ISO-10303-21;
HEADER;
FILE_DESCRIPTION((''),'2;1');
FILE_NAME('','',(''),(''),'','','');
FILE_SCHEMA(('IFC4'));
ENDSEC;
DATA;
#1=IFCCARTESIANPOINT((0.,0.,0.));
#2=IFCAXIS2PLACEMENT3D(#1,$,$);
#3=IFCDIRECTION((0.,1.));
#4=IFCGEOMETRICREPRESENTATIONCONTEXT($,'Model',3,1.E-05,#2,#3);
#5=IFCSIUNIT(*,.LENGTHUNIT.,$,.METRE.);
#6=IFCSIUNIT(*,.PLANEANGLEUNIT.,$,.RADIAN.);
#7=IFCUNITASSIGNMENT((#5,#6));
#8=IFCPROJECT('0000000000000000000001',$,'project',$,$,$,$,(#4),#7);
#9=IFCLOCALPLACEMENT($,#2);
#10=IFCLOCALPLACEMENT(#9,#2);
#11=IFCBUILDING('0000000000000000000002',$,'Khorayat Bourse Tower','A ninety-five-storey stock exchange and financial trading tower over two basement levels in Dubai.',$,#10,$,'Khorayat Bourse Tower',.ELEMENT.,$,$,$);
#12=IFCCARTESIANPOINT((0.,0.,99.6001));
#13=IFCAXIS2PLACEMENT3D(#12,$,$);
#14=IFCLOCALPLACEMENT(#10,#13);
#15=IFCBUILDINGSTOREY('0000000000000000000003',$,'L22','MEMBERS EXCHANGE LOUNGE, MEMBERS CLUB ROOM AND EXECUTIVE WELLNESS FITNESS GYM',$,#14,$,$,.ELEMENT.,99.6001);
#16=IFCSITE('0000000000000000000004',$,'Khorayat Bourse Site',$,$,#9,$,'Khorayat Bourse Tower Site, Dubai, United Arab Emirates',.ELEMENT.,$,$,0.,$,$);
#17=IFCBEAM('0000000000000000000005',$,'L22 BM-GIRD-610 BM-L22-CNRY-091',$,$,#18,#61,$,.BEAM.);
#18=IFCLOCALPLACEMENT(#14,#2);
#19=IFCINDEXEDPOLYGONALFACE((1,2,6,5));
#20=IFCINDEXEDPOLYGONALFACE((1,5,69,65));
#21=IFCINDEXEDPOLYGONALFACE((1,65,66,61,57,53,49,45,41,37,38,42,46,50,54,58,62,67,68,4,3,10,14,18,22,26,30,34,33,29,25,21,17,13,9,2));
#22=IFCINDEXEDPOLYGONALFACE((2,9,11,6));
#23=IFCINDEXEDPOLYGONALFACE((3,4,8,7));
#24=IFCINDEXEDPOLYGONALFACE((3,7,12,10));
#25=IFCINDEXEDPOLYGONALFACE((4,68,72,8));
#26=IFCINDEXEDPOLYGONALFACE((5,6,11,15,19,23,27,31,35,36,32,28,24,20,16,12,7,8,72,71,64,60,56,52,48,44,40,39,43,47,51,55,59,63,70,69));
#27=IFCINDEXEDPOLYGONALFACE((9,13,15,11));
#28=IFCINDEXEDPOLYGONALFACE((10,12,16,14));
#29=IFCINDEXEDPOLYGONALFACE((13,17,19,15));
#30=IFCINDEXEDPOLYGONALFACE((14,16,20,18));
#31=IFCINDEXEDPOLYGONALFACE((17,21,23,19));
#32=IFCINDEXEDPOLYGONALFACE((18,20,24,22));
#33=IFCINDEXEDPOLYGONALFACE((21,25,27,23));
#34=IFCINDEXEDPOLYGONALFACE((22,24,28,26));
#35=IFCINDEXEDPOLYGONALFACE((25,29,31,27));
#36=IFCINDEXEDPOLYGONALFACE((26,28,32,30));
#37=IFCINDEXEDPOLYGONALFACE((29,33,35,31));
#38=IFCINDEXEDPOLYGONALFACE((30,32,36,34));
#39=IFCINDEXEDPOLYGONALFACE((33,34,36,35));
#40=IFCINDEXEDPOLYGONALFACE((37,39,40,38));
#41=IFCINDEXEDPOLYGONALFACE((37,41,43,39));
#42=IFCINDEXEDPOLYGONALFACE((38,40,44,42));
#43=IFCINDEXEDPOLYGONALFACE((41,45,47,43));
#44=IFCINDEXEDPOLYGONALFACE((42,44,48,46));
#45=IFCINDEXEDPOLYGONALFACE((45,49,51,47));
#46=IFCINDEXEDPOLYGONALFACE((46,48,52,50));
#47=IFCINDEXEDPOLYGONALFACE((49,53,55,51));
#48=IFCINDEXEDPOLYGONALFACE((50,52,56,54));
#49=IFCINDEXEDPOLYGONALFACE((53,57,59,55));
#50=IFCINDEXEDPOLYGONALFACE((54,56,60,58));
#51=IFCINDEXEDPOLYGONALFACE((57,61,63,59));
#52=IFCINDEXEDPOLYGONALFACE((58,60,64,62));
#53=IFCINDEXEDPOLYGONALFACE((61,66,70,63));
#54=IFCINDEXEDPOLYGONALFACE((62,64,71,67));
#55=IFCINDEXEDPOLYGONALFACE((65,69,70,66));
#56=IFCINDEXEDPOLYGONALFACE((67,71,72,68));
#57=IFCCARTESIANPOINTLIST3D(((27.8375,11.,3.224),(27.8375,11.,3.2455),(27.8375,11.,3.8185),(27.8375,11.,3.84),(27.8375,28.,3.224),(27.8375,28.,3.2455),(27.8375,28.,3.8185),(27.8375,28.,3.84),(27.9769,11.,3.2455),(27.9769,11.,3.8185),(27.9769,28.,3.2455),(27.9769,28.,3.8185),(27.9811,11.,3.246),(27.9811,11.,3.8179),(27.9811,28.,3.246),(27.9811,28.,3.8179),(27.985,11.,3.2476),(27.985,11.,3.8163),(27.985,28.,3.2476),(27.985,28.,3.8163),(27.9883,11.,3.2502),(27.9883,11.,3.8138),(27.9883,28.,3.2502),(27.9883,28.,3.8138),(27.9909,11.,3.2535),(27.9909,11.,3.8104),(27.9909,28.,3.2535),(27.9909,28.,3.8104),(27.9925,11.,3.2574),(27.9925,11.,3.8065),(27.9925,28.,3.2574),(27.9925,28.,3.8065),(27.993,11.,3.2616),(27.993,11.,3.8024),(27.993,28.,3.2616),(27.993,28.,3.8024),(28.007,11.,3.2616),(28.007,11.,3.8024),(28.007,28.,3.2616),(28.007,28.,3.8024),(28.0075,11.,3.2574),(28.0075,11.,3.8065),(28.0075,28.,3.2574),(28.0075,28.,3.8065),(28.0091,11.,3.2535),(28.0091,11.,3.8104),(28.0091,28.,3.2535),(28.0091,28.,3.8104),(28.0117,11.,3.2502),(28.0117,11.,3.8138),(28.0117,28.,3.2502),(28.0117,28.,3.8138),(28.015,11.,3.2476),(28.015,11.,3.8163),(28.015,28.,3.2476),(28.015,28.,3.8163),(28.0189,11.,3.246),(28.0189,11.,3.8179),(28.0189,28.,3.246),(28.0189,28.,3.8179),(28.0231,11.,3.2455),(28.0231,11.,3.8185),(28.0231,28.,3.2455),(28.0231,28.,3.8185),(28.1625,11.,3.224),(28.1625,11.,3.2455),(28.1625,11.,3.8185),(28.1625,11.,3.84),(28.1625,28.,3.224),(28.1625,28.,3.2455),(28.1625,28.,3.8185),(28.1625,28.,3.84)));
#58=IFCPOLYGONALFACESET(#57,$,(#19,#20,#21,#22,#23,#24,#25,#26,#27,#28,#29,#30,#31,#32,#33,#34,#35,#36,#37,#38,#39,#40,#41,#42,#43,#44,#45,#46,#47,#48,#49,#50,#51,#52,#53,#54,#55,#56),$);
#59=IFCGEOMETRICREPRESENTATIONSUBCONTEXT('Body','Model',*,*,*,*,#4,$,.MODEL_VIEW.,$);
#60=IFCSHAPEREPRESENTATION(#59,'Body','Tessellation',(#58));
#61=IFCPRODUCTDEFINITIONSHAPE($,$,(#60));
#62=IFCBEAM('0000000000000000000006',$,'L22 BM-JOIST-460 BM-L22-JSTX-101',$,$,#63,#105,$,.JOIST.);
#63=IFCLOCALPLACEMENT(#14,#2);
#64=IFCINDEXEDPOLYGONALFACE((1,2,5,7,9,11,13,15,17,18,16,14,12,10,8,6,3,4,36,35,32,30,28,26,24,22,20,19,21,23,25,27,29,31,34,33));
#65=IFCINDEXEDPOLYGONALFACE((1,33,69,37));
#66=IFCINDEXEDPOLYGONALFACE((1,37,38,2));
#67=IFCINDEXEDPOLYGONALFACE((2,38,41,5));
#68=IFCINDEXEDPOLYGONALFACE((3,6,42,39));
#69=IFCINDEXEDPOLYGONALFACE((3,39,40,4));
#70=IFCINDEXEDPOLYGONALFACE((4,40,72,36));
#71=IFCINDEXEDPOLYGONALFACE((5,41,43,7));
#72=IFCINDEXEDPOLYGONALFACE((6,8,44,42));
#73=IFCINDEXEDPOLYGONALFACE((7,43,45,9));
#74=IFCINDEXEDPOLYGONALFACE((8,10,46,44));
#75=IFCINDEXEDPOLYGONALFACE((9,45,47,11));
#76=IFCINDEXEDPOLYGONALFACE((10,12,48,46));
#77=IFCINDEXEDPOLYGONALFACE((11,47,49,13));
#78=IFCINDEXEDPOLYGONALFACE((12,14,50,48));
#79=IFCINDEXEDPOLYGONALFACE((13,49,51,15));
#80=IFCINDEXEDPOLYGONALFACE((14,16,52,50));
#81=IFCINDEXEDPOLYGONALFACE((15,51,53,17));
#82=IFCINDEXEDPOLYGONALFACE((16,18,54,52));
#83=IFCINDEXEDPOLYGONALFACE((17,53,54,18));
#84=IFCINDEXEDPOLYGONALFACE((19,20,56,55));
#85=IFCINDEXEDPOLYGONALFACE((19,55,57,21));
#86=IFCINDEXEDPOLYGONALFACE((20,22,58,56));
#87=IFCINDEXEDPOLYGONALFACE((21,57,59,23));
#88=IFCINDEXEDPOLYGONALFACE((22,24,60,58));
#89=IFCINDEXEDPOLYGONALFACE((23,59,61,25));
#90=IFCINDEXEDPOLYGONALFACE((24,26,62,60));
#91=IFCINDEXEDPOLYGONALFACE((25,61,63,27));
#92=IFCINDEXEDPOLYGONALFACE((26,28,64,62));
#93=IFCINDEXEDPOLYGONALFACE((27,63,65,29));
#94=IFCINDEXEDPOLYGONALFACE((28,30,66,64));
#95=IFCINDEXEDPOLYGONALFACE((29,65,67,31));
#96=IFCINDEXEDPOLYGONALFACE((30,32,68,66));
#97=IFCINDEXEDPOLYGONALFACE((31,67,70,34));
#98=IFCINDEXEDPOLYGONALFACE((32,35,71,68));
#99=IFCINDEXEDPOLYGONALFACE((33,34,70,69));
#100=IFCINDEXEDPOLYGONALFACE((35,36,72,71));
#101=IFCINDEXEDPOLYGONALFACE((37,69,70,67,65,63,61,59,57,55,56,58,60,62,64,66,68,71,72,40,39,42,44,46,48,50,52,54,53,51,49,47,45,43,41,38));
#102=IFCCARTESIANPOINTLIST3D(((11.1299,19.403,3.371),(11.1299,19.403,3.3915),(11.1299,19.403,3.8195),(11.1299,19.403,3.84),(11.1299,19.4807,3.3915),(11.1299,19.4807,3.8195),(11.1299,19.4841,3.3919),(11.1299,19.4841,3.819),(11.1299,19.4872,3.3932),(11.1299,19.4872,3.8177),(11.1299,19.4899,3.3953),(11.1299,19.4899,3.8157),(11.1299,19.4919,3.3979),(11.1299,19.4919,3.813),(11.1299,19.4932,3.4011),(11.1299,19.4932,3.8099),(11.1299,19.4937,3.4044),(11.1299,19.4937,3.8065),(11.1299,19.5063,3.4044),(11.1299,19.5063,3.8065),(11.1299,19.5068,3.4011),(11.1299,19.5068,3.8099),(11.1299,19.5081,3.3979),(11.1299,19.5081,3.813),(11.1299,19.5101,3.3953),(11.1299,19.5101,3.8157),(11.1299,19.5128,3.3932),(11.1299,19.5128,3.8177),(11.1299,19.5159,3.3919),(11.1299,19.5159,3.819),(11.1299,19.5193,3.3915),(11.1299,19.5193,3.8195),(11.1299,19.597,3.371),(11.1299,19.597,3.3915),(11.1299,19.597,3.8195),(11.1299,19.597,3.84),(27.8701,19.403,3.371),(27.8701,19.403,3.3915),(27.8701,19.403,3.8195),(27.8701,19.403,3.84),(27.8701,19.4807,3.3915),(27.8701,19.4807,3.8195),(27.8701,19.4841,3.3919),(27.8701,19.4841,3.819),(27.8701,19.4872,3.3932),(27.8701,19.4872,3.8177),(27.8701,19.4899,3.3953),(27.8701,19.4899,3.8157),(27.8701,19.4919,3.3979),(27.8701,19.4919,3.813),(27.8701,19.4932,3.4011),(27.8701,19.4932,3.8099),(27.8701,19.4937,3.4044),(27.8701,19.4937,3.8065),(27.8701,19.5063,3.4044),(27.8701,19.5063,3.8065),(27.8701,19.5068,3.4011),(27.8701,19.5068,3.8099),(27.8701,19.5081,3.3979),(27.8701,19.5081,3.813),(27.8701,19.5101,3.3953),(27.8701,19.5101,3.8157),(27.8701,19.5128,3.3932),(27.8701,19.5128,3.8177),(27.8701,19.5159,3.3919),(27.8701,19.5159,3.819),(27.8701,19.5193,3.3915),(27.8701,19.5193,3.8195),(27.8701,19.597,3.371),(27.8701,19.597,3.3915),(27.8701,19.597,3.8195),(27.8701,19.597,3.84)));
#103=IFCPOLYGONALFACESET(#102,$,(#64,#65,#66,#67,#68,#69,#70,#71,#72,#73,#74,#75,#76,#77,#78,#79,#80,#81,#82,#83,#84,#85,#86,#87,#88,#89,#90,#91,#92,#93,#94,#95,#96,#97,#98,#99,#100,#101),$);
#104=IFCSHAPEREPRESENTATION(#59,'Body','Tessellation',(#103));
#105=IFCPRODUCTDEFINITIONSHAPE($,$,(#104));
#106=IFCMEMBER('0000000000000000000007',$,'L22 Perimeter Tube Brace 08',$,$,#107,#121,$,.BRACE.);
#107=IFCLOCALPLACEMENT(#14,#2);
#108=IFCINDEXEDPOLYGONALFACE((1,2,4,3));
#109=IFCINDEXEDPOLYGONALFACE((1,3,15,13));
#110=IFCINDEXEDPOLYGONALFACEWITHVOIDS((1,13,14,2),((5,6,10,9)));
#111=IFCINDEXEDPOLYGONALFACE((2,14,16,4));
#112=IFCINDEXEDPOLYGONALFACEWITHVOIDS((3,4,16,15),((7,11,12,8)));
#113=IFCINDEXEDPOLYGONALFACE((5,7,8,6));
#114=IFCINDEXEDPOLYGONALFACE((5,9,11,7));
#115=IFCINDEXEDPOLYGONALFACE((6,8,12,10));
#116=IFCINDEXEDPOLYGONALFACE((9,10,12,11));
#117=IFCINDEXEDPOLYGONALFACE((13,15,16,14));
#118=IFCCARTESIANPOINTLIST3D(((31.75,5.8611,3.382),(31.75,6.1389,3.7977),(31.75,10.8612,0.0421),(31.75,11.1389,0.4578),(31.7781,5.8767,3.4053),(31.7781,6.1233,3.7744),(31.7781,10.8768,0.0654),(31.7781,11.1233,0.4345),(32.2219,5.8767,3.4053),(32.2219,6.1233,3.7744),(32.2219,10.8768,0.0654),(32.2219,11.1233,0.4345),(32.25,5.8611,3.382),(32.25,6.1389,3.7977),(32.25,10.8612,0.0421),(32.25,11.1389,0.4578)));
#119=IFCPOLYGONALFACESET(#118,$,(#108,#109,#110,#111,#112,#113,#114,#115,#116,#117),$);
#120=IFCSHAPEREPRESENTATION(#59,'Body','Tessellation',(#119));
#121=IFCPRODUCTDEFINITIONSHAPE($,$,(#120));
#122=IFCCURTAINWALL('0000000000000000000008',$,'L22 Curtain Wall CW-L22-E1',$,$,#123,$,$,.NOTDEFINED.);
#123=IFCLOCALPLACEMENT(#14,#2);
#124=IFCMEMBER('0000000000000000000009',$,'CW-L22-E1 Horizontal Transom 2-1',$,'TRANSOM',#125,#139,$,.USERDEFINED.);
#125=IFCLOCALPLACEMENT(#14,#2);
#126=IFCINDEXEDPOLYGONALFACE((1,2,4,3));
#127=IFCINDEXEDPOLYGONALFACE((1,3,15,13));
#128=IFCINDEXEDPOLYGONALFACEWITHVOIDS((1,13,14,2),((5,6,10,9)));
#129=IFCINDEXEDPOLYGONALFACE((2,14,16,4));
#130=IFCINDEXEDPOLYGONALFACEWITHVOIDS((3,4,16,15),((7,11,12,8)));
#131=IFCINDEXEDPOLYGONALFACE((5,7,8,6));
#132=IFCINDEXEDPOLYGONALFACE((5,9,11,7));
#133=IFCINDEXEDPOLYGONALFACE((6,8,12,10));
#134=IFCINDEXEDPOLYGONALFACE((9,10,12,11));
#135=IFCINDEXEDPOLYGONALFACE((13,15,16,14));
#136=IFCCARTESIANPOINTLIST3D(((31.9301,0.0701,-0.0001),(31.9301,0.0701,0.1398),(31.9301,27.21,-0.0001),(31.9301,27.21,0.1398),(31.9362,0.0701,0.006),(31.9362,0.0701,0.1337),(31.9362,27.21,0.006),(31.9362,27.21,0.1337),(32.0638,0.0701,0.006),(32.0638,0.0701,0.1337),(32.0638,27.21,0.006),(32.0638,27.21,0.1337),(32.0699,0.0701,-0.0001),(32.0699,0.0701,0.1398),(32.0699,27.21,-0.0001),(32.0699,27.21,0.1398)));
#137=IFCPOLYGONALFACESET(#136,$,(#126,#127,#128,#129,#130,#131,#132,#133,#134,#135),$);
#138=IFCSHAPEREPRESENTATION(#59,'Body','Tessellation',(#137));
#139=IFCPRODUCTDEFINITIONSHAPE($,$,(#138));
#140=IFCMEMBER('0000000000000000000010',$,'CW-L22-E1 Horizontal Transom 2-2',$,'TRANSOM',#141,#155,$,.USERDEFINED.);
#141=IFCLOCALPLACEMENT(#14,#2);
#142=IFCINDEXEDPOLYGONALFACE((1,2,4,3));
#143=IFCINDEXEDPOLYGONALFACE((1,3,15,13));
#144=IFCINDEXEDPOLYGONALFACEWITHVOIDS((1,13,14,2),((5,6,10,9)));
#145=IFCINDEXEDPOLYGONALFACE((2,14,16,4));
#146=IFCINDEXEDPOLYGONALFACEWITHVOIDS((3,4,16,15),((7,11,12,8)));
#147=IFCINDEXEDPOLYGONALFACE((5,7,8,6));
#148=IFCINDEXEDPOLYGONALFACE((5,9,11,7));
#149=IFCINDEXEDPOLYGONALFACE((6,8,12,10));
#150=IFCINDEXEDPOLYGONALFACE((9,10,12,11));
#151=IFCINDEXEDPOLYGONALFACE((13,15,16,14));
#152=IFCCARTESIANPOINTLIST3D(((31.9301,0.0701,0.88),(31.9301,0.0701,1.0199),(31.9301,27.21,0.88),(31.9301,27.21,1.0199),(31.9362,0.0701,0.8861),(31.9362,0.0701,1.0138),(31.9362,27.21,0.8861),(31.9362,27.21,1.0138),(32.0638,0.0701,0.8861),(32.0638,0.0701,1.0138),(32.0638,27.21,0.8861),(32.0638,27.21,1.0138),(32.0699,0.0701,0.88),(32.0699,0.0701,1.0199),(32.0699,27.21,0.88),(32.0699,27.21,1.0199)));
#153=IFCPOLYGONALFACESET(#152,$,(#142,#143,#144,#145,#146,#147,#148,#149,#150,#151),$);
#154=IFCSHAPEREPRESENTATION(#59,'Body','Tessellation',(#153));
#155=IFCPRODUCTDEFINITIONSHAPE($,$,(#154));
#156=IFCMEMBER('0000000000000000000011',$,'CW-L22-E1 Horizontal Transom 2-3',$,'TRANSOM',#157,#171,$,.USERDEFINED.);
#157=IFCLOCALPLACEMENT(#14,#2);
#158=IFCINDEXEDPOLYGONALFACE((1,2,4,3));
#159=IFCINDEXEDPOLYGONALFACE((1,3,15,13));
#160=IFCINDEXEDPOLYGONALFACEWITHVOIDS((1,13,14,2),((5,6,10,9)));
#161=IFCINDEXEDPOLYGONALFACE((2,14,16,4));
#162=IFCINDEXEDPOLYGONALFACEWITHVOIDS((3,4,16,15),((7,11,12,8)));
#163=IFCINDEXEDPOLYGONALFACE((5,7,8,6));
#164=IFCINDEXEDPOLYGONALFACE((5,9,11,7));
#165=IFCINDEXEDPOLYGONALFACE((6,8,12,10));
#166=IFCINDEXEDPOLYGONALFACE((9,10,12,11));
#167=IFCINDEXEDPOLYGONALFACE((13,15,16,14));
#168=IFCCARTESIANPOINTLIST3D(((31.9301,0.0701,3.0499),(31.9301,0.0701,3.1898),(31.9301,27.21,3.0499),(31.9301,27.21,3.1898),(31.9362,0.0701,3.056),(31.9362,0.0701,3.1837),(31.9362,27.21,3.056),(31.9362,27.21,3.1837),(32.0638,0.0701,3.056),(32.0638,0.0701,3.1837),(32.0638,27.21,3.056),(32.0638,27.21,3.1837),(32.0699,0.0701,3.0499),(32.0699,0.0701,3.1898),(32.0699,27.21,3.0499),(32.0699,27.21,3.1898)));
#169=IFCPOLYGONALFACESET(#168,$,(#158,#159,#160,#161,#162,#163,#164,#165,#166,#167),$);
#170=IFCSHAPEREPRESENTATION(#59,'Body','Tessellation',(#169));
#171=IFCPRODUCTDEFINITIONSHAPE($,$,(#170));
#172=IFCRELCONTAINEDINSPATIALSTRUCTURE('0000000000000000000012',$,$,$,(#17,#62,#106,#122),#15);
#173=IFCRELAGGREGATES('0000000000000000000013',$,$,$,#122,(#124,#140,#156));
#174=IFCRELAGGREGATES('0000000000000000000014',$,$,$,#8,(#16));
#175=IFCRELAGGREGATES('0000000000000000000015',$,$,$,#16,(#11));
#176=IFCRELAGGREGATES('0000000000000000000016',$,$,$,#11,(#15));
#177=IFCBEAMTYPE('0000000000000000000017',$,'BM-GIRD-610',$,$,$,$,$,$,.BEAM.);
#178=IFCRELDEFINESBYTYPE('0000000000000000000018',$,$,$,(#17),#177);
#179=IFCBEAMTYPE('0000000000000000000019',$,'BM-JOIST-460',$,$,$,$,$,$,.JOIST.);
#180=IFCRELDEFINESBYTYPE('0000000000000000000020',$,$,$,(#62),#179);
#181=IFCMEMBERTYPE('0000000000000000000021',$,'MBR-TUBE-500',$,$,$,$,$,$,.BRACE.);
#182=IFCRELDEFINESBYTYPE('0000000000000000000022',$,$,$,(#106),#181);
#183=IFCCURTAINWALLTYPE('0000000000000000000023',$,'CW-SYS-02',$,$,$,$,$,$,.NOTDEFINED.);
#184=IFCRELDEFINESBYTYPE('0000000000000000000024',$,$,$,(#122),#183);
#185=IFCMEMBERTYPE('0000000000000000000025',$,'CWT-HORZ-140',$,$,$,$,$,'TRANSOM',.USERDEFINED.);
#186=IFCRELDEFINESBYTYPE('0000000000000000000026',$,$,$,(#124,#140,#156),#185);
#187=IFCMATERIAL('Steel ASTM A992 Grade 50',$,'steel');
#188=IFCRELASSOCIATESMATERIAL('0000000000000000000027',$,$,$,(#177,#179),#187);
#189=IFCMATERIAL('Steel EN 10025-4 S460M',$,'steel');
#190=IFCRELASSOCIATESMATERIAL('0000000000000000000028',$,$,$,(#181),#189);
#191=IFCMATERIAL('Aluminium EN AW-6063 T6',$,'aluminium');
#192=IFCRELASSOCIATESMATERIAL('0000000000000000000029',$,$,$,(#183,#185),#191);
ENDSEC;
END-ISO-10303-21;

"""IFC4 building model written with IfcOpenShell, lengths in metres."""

from ifc_helpers import new_model, si_unit, direction, frame, origin, origin_2d, place, context, subcontext, project, spatial, hollow_rectangle, i_section, extrude, source, transform, mapped, material, material_profile, profile_set, type_object, element, aggregate, save


model = new_model("IFC4")

# Units and contexts
model_context = context("Model", 3, precision=1e-05, world=origin(), true_north=direction((0.0, 1.0)))
body_context = subcontext(model_context, "Body", "Model", "MODEL_VIEW")
ifc_project = project(units=[si_unit("LENGTHUNIT", "METRE"), si_unit("PLANEANGLEUNIT", "RADIAN")], contexts=[model_context])

# Site, building, storey
site_placement = place(None, origin())
site = spatial("IfcSite", under=ifc_project, at=site_placement, Name="Khorayat Bourse Site", LongName="Khorayat Bourse Tower Site, Dubai, United Arab Emirates", CompositionType="ELEMENT", RefElevation=0.0)
building_placement = place(site_placement, origin())
building = spatial("IfcBuilding", under=site, at=building_placement, Name="Khorayat Bourse Tower", Description="A ninety-five-storey stock exchange and financial trading tower over two basement levels in Dubai.", LongName="Khorayat Bourse Tower", CompositionType="ELEMENT")
storey_placement = place(building_placement, frame((0.0, 0.0, 99.6001)))
storey = spatial("IfcBuildingStorey", under=building, at=storey_placement, Name="L22", Description="MEMBERS EXCHANGE LOUNGE, MEMBERS CLUB ROOM AND EXECUTIVE WELLNESS FITNESS GYM", CompositionType="ELEMENT", Elevation=99.6001)

# Shared definitions
ifc_material_1 = material(Name="Steel EN 10025-4 S460M", Category="steel")

# Beams
ifc_material_2 = material(Name="Steel ASTM A992 Grade 50", Category="steel")
ifc_material_profile_1 = material_profile(ifc_material_2, i_section(OverallWidth=0.325, OverallDepth=0.616, WebThickness=0.0139, FlangeThickness=0.0215, FilletRadius=0.0161, at=origin_2d()), Name="W610X174")
ifc_profile_set_1 = profile_set([ifc_material_profile_1], Name="Steel ASTM A992 Grade 50")
beam_type_1 = type_object("IfcBeamType", Name="BM-GIRD-610", PredefinedType="BEAM", material=ifc_profile_set_1)
ifc_material_profile_2 = material_profile(ifc_material_2, i_section(OverallWidth=0.1941, OverallDepth=0.469, WebThickness=0.0127, FlangeThickness=0.0205, FilletRadius=0.0129, at=origin_2d()), Name="W460X106")
ifc_profile_set_2 = profile_set([ifc_material_profile_2], Name="Steel ASTM A992 Grade 50")
beam_type_2 = type_object("IfcBeamType", Name="BM-JOIST-460", PredefinedType="JOIST", material=ifc_profile_set_2)
shared_shape_1 = source(origin(), body_context, "Body", "SweptSolid", [
    extrude(i_section(OverallWidth=0.325, OverallDepth=0.616, WebThickness=0.0139, FlangeThickness=0.0215, FilletRadius=0.0161, at=origin_2d()), origin(), (0.0, 0.0, 1.0), 17.0),
])
beam_1_placement = place(storey_placement, frame((28.0, 11.0, 3.532), z_axis=(0.0, 1.0, 0.0), x_axis=(-1.0, 0.0, 0.0)))
element("IfcBeam", 1, at=beam_1_placement, inside=storey, type_object=beam_type_1, Name="L22 BM-GIRD-610 BM-L22-CNRY-091", PredefinedType="BEAM", context=body_context, shape_type="MappedRepresentation", body=[
    mapped(shared_shape_1, transform((0.0, 0.0, 0.0), scale=1.0)),
])
shared_shape_2 = source(origin(), body_context, "Body", "SweptSolid", [
    extrude(i_section(OverallWidth=0.1941, OverallDepth=0.469, WebThickness=0.0127, FlangeThickness=0.0205, FilletRadius=0.0129, at=origin_2d()), origin(), (0.0, 0.0, 1.0), 16.7402),
])
beam_2_placement = place(storey_placement, frame((11.1299, 19.5, 3.6055), z_axis=(1.0, 0.0, 0.0), x_axis=(0.0, 1.0, 0.0)))
element("IfcBeam", 2, at=beam_2_placement, inside=storey, type_object=beam_type_2, Name="L22 BM-JOIST-460 BM-L22-JSTX-101", PredefinedType="JOIST", context=body_context, shape_type="MappedRepresentation", body=[
    mapped(shared_shape_2, transform((0.0, 0.0, 0.0), scale=1.0)),
])

# Member
ifc_material_profile_3 = material_profile(ifc_material_1, hollow_rectangle(XDim=0.5, YDim=0.5, WallThickness=0.0281, at=origin_2d()), Name="HSS 500x500x28")
ifc_profile_set_3 = profile_set([ifc_material_profile_3], Name="Steel EN 10025-4 S460M")
member_type_1 = type_object("IfcMemberType", Name="MBR-TUBE-500", PredefinedType="BRACE", material=ifc_profile_set_3)
shared_shape_3 = source(origin(), body_context, "Body", "SweptSolid", [
    extrude(hollow_rectangle(XDim=0.5, YDim=0.5, WallThickness=0.0281, at=origin_2d()), origin(), (0.0, 0.0, 1.0), 6.0129),
])
member_1_placement = place(storey_placement, frame((32.0, 6.0, 3.5898), z_axis=(0.0, 0.83155, -0.55545), x_axis=(-1.0, 0.0, 0.0)))
element("IfcMember", 3, at=member_1_placement, inside=storey, type_object=member_type_1, Name="L22 Perimeter Tube Brace 08", PredefinedType="BRACE", context=body_context, shape_type="MappedRepresentation", body=[
    mapped(shared_shape_3, transform((0.0, 0.0, 0.0), scale=1.0)),
])

# Curtain wall, members
ifc_material_3 = material(Name="Aluminium EN AW-6063 T6", Category="aluminium")
curtain_wall_type = type_object("IfcCurtainWallType", Name="CW-SYS-02", PredefinedType="NOTDEFINED", material=ifc_material_3)
curtain_wall_placement = place(storey_placement, origin())
curtain_wall = element("IfcCurtainWall", 4, at=curtain_wall_placement, inside=storey, type_object=curtain_wall_type, Name="L22 Curtain Wall CW-L22-E1", PredefinedType="NOTDEFINED")
ifc_material_profile_4 = material_profile(ifc_material_3, hollow_rectangle(XDim=0.1399, YDim=0.1399, WallThickness=0.0061, at=origin_2d()), Name="ALU 140x140x6")
ifc_profile_set_4 = profile_set([ifc_material_profile_4], Name="Aluminium EN AW-6063 T6")
member_type_2 = type_object("IfcMemberType", Name="CWT-HORZ-140", ElementType="TRANSOM", PredefinedType="USERDEFINED", material=ifc_profile_set_4)
shared_shape_4 = source(origin(), body_context, "Body", "SweptSolid", [
    extrude(hollow_rectangle(XDim=0.1399, YDim=0.1399, WallThickness=0.0061, at=origin_2d()), origin(), (0.0, 0.0, 1.0), 27.1399),
])
member_2_placement = place(storey_placement, frame((32.0, 0.0701, 0.0698), z_axis=(0.0, 1.0, 0.0), x_axis=(-1.0, 0.0, 0.0)))
member_2 = element("IfcMember", 5, at=member_2_placement, type_object=member_type_2, Name="CW-L22-E1 Horizontal Transom 2-1", ObjectType="TRANSOM", PredefinedType="USERDEFINED", context=body_context, shape_type="MappedRepresentation", body=[
    mapped(shared_shape_4, transform((0.0, 0.0, 0.0), scale=1.0)),
])
member_3_placement = place(storey_placement, frame((32.0, 0.0701, 0.95), z_axis=(0.0, 1.0, 0.0), x_axis=(-1.0, 0.0, 0.0)))
member_3 = element("IfcMember", 6, at=member_3_placement, type_object=member_type_2, Name="CW-L22-E1 Horizontal Transom 2-2", ObjectType="TRANSOM", PredefinedType="USERDEFINED", context=body_context, shape_type="MappedRepresentation", body=[
    mapped(shared_shape_4, transform((0.0, 0.0, 0.0), scale=1.0)),
])
member_4_placement = place(storey_placement, frame((32.0, 0.0701, 3.1199), z_axis=(0.0, 1.0, 0.0), x_axis=(-1.0, 0.0, 0.0)))
member_4 = element("IfcMember", 7, at=member_4_placement, type_object=member_type_2, Name="CW-L22-E1 Horizontal Transom 2-3", ObjectType="TRANSOM", PredefinedType="USERDEFINED", context=body_context, shape_type="MappedRepresentation", body=[
    mapped(shared_shape_4, transform((0.0, 0.0, 0.0), scale=1.0)),
])

aggregate(curtain_wall, [member_2, member_3, member_4])

save(model, "model.ifc")
